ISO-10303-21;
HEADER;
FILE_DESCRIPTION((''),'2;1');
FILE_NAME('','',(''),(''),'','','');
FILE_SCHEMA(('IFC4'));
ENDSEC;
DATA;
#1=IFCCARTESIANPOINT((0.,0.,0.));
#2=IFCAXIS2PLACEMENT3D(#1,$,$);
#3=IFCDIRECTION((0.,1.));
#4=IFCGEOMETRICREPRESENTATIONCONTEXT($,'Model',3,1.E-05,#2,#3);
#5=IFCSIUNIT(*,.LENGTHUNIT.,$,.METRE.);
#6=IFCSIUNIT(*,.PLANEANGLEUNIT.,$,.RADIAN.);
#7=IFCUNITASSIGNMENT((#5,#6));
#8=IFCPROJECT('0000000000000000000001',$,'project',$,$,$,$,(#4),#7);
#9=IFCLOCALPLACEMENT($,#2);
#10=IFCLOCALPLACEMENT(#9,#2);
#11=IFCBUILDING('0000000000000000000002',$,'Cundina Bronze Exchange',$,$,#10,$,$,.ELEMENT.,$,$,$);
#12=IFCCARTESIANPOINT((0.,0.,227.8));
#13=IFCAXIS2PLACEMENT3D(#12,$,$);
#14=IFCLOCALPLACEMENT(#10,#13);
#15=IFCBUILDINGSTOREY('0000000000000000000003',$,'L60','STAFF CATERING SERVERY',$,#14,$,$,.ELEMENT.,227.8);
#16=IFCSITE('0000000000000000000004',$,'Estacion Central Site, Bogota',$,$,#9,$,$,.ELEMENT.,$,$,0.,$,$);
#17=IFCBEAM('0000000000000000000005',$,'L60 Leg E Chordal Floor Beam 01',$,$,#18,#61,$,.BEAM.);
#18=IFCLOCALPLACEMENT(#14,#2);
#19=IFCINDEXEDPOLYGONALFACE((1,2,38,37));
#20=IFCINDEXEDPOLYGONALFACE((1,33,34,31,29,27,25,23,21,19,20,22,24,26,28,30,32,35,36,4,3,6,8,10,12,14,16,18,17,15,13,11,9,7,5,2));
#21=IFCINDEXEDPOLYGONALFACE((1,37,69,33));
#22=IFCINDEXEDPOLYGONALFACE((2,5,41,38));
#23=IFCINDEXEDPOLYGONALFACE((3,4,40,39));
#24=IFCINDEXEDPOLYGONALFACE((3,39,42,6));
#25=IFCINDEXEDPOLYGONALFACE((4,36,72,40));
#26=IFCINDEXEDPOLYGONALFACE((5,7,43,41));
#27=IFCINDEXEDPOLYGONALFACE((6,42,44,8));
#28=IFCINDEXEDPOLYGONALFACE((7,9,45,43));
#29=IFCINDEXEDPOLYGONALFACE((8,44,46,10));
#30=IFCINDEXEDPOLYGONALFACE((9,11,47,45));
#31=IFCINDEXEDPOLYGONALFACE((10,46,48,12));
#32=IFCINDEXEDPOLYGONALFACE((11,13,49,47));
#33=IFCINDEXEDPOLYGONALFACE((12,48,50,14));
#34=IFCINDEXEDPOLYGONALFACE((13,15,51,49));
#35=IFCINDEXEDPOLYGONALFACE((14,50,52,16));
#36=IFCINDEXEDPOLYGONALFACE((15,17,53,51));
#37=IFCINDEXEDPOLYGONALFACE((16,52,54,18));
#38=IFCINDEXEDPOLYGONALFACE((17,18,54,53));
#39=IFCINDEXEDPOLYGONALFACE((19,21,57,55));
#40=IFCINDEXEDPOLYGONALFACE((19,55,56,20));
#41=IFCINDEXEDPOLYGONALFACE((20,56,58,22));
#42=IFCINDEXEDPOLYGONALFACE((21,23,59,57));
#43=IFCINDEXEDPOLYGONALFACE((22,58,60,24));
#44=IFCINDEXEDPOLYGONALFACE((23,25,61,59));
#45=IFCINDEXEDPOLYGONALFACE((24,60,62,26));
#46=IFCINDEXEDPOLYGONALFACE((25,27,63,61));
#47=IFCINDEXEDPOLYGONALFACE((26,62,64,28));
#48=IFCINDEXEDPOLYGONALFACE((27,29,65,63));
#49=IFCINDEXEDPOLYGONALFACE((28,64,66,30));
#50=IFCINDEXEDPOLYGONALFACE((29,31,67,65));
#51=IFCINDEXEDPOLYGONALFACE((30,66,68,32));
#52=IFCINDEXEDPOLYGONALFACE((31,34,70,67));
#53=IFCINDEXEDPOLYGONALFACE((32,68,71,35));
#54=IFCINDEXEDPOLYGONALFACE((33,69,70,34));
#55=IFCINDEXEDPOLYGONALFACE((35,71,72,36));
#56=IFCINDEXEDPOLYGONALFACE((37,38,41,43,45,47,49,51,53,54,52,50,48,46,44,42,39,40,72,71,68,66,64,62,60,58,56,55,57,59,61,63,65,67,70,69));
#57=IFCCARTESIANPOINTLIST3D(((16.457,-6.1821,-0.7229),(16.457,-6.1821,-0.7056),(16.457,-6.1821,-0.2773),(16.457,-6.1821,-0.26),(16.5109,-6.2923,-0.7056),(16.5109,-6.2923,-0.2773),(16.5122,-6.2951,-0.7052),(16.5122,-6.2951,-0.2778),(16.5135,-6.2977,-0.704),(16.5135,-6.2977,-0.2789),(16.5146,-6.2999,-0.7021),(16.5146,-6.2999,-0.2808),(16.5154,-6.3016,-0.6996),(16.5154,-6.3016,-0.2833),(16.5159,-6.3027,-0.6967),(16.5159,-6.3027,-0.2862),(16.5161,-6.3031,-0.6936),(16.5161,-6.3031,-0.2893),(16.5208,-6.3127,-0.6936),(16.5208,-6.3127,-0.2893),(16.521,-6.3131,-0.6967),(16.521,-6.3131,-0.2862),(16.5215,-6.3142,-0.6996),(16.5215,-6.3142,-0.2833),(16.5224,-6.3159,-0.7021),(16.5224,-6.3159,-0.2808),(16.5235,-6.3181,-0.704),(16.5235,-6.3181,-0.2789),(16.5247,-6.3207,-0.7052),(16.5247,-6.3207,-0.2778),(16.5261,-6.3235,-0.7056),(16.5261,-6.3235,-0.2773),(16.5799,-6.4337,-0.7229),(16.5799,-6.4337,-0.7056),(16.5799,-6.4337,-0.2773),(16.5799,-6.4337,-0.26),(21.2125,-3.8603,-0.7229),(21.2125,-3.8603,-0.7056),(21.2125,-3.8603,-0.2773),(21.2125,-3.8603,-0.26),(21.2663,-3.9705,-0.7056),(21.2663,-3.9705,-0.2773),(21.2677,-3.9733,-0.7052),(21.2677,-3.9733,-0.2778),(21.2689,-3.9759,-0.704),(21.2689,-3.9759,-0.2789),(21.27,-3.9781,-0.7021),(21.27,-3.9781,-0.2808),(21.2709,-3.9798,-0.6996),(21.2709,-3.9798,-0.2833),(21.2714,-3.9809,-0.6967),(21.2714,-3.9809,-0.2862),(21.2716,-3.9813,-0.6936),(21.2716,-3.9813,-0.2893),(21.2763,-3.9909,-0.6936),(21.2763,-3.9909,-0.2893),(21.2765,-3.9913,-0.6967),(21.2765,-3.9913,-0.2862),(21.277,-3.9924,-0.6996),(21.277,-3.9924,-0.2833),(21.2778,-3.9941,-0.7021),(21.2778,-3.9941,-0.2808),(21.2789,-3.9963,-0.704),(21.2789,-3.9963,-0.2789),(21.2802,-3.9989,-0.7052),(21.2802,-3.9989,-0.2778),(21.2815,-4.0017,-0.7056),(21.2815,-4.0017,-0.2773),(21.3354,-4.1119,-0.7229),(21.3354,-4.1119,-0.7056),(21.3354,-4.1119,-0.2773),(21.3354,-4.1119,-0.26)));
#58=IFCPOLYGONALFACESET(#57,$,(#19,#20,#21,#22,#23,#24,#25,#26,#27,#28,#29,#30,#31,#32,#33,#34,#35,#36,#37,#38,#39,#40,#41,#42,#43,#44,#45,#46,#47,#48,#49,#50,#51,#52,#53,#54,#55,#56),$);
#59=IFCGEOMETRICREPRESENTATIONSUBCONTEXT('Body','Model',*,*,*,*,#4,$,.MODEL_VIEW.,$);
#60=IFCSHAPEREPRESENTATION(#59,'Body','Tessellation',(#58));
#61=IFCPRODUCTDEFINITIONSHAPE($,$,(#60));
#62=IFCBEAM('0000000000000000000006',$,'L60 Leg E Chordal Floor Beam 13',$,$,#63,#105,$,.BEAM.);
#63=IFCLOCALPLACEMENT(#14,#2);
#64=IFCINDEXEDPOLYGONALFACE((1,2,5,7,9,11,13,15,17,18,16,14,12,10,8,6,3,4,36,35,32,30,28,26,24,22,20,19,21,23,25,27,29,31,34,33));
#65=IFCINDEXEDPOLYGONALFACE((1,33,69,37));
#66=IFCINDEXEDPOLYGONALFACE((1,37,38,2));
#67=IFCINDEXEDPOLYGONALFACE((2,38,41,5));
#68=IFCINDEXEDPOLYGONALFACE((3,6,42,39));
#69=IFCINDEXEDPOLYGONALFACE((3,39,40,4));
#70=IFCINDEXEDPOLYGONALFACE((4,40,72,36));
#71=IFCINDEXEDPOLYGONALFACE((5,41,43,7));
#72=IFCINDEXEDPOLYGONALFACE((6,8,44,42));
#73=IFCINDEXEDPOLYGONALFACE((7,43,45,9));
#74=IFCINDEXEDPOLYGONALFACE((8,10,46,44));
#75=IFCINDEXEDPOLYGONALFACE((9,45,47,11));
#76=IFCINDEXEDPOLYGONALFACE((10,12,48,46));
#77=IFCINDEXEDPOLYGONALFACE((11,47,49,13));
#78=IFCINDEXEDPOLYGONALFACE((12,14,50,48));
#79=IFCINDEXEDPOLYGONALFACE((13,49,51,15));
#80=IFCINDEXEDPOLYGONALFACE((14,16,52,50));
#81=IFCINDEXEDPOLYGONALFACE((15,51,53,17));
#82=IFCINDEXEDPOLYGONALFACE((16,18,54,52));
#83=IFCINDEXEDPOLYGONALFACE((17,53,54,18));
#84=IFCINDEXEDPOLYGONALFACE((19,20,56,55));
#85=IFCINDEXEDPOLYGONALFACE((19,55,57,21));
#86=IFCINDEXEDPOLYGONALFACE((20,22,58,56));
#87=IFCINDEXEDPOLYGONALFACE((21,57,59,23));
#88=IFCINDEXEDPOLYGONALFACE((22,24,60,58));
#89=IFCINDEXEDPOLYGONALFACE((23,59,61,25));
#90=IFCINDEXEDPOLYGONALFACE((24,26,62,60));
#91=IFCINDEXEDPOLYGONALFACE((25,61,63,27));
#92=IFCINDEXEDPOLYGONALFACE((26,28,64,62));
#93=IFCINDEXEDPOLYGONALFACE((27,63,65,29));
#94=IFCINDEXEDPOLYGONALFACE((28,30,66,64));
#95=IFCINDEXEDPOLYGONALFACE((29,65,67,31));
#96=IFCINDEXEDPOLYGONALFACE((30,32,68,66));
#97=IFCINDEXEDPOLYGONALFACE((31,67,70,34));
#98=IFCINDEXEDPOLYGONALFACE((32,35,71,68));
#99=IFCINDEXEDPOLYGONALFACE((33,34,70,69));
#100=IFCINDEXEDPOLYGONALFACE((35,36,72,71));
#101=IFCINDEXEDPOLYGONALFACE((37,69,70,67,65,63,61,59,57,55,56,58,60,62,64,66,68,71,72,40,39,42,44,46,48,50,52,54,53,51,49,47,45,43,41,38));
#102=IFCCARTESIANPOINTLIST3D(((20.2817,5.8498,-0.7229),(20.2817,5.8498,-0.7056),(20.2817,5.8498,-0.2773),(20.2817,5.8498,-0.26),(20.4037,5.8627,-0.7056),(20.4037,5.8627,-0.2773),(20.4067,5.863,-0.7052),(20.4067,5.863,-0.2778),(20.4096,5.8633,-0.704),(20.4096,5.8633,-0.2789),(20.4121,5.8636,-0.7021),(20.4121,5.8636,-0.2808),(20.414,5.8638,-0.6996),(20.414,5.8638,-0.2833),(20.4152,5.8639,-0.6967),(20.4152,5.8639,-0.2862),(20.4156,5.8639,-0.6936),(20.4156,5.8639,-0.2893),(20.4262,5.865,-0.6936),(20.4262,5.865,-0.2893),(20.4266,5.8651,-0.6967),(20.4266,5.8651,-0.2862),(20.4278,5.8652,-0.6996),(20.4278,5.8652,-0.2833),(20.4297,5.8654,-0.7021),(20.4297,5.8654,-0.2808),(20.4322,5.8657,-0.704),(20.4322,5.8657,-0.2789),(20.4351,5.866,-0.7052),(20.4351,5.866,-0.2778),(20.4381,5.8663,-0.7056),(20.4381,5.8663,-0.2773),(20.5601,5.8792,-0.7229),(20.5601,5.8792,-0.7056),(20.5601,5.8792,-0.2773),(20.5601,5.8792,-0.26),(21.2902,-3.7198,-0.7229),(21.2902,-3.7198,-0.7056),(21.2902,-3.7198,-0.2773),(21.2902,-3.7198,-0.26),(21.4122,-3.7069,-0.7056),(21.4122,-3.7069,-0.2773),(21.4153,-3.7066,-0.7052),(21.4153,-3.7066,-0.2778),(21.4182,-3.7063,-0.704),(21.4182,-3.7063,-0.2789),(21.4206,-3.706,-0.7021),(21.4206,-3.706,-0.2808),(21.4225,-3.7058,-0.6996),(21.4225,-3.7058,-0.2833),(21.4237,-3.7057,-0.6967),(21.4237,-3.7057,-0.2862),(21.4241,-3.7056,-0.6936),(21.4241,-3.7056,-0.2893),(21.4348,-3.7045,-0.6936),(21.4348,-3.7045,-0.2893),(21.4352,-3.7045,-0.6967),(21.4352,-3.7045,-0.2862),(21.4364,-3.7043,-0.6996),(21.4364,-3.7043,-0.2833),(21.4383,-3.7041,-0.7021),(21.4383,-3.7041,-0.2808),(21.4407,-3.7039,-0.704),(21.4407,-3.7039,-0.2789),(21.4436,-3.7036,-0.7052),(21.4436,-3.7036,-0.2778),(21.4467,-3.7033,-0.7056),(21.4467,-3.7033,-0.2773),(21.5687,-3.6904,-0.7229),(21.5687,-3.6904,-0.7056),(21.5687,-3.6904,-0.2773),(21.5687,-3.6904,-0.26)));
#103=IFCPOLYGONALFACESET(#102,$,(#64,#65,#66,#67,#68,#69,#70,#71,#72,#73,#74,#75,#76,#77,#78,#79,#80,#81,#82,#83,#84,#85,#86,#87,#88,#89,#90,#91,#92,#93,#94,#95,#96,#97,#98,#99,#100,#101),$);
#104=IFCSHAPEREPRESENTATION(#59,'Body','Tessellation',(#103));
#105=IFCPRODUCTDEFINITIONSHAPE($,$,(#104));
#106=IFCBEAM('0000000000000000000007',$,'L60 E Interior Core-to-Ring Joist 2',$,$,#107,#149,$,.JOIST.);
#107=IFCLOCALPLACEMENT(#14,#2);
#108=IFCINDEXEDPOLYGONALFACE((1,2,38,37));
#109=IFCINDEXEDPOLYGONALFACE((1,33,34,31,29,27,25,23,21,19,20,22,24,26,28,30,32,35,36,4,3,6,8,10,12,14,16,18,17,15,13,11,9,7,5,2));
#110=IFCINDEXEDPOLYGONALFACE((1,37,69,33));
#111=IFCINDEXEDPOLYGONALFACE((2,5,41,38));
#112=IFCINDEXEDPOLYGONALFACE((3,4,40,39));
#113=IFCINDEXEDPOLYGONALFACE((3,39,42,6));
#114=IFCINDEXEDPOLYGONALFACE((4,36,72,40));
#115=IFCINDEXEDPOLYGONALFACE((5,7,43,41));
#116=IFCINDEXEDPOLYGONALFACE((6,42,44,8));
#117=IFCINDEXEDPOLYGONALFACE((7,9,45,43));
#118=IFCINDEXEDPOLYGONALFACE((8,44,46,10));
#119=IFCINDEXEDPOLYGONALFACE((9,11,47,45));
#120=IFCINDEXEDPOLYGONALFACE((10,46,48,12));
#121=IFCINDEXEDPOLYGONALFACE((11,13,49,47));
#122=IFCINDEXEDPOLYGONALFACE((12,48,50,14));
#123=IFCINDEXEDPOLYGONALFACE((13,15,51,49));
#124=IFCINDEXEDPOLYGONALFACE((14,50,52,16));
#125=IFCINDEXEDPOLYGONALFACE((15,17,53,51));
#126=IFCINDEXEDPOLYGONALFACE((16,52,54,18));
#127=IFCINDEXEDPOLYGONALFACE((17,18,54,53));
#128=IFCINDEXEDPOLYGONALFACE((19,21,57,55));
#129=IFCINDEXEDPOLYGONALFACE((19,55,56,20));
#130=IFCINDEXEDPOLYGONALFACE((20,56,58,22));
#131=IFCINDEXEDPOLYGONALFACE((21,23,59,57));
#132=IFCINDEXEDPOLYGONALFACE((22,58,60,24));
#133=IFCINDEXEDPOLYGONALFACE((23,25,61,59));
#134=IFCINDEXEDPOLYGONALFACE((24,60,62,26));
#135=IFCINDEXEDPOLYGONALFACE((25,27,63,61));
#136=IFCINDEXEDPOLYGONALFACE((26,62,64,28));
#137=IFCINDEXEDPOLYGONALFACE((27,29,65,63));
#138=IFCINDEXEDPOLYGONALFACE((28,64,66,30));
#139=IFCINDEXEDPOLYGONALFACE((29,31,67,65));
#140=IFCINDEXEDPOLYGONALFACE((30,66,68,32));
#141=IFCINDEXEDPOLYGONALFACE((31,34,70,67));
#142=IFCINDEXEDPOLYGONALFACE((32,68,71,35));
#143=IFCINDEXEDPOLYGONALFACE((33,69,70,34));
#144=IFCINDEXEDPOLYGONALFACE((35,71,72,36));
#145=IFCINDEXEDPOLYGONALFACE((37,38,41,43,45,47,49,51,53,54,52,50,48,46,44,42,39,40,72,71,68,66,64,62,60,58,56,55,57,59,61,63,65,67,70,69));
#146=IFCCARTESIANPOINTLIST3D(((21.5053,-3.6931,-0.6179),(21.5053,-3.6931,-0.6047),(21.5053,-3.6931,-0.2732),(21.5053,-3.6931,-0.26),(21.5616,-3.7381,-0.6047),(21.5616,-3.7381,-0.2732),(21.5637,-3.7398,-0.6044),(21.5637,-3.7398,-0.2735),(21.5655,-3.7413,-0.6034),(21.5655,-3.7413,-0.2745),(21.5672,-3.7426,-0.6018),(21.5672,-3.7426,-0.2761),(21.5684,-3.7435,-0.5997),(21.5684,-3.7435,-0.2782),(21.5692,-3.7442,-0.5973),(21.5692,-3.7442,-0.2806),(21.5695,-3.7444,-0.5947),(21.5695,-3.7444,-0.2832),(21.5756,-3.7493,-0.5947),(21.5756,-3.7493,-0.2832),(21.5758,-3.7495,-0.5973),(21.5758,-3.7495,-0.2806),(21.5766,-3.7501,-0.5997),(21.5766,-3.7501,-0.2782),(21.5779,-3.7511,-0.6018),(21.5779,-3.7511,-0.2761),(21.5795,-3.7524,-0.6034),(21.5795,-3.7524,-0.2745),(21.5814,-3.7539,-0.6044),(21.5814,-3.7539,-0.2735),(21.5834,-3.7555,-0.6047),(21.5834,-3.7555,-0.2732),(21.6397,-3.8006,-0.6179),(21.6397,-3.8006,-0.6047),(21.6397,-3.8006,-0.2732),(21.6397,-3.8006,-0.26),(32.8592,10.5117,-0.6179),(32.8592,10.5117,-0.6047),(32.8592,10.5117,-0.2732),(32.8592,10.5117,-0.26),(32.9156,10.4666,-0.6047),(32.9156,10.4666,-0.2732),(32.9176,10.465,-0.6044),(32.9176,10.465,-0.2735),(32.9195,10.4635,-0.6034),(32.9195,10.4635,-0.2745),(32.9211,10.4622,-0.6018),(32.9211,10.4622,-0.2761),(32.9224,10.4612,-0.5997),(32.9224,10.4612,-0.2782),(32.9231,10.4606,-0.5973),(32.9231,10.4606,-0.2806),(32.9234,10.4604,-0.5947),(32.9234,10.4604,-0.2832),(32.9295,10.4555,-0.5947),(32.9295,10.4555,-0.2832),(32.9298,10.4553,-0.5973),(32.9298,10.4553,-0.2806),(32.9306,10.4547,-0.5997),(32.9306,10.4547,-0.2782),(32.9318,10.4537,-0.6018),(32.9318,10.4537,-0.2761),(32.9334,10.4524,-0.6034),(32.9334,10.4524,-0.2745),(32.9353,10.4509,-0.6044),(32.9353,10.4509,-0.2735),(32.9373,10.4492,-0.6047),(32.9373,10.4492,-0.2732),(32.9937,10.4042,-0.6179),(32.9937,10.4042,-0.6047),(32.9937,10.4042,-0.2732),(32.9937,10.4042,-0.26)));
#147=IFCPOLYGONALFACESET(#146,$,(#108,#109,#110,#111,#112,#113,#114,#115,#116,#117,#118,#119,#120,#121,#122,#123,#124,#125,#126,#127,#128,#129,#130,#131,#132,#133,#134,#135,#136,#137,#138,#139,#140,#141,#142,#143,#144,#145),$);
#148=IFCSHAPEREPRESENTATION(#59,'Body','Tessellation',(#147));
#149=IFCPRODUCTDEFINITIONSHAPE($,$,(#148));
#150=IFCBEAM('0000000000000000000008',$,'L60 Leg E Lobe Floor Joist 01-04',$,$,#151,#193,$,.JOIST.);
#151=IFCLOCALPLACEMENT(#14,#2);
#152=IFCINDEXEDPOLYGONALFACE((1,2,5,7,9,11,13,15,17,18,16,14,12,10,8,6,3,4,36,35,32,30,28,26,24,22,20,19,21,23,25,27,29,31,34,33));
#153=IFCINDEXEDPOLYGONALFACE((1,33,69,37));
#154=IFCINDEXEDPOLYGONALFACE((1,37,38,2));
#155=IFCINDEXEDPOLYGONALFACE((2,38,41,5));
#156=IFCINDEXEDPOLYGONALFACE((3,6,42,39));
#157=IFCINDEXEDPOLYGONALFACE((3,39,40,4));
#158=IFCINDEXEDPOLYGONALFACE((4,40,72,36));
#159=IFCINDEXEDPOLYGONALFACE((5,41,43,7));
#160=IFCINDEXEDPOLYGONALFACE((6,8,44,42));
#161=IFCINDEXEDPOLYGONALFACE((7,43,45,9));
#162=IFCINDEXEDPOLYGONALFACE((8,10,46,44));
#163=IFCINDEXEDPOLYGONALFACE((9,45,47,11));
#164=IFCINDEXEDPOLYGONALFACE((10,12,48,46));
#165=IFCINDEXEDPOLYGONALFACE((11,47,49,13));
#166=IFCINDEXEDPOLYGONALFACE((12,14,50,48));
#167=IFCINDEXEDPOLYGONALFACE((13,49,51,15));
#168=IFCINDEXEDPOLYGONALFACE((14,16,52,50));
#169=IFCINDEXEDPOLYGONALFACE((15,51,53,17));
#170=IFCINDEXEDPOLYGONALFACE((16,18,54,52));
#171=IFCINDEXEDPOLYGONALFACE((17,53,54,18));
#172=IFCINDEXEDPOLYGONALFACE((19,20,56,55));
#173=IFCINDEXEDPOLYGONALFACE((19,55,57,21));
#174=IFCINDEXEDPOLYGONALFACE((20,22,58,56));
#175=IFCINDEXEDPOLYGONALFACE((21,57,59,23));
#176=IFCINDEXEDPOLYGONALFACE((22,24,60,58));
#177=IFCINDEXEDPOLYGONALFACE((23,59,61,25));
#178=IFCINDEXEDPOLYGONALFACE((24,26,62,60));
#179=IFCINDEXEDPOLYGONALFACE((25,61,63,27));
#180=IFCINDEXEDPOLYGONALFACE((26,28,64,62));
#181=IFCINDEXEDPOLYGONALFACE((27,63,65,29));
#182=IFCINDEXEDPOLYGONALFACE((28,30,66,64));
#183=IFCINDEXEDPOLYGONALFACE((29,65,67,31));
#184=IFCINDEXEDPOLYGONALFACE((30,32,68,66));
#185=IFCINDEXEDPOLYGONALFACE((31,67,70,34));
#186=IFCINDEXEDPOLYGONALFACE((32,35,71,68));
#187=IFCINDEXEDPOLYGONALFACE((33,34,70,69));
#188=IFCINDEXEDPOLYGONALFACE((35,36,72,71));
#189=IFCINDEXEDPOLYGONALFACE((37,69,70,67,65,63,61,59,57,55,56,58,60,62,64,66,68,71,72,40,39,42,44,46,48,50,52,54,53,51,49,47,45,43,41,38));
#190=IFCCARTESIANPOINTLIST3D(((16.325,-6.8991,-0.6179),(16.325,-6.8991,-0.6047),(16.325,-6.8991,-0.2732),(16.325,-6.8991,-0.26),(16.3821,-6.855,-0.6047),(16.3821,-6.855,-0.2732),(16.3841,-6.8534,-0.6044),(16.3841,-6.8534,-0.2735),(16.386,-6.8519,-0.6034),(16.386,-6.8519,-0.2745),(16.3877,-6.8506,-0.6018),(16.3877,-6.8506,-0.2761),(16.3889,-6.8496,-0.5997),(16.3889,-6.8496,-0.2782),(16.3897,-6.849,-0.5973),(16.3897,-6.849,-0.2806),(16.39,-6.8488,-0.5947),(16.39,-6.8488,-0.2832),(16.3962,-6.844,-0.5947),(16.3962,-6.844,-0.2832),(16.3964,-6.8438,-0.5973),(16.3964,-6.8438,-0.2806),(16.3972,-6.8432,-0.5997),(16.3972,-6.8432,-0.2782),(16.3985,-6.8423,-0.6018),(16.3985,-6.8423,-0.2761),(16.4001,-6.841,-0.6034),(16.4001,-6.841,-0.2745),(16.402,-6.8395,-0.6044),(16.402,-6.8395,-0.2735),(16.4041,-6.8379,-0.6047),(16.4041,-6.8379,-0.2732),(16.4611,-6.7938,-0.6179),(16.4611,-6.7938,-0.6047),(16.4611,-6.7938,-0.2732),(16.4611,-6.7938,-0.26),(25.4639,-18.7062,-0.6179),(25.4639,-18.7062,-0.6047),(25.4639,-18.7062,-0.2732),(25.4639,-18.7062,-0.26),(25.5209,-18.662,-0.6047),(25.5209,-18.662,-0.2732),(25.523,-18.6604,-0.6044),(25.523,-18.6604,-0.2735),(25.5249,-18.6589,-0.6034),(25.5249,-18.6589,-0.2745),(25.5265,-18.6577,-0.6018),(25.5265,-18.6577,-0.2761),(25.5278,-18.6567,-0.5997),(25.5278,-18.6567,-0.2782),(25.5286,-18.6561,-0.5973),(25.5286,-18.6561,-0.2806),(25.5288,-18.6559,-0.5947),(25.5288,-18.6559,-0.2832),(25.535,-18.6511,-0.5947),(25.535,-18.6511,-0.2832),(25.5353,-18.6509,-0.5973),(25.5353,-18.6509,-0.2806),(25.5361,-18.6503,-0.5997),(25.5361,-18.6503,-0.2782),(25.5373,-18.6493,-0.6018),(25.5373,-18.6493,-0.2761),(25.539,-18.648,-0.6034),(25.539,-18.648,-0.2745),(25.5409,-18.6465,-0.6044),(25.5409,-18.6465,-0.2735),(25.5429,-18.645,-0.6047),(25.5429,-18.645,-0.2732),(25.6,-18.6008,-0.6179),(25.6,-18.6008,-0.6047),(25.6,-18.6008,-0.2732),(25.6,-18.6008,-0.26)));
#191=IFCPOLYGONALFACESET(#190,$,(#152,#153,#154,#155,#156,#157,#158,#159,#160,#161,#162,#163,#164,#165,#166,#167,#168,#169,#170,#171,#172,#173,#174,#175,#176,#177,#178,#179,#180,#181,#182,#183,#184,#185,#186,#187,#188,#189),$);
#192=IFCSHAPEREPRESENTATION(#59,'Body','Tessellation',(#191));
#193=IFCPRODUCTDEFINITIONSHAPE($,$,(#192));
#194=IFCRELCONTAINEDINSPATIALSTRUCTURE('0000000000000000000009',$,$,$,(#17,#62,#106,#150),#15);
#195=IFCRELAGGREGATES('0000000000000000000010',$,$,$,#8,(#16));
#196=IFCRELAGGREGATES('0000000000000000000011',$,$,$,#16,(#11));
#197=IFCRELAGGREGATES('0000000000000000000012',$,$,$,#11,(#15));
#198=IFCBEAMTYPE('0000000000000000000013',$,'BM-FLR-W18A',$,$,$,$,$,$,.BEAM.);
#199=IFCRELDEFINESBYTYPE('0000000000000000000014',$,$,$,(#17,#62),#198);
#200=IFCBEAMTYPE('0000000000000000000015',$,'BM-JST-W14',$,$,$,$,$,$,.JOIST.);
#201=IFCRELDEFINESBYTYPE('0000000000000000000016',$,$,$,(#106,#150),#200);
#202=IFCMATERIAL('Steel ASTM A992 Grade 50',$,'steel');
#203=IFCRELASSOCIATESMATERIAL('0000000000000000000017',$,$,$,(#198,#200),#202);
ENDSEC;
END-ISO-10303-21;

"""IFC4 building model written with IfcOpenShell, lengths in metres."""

from ifc_helpers import new_model, si_unit, direction, frame, origin, origin_2d, place, context, subcontext, project, spatial, i_section, extrude, material, material_profile, profile_set, type_object, element, save


model = new_model("IFC4")

# Units and contexts
model_context = context("Model", 3, precision=1e-05, world=origin(), true_north=direction((0.0, 1.0)))
body_context = subcontext(model_context, "Body", "Model", "MODEL_VIEW")
ifc_project = project(units=[si_unit("LENGTHUNIT", "METRE"), si_unit("PLANEANGLEUNIT", "RADIAN")], contexts=[model_context])

# Site, building, storey
site_placement = place(None, origin())
site = spatial("IfcSite", under=ifc_project, at=site_placement, Name="Estacion Central Site, Bogota", CompositionType="ELEMENT", RefElevation=0.0)
building_placement = place(site_placement, origin())
building = spatial("IfcBuilding", under=site, at=building_placement, Name="Cundina Bronze Exchange", CompositionType="ELEMENT")
storey_placement = place(building_placement, frame((0.0, 0.0, 227.8)))
storey = spatial("IfcBuildingStorey", under=building, at=storey_placement, Name="L60", Description="STAFF CATERING SERVERY", CompositionType="ELEMENT", Elevation=227.8)

# Shared definitions
ifc_material_1 = material(Name="Steel ASTM A992 Grade 50", Category="steel")

# Beams
ifc_material_profile_1 = material_profile(ifc_material_1, i_section(OverallWidth=0.28, OverallDepth=0.4629, WebThickness=0.0107, FlangeThickness=0.0173, FilletRadius=0.012, at=origin_2d()), Name="W18X76", Category="steel")
ifc_profile_set_1 = profile_set([ifc_material_profile_1], Name="Steel ASTM A992 Grade 50")
beam_type_1 = type_object("IfcBeamType", Name="BM-FLR-W18A", PredefinedType="BEAM", material=ifc_profile_set_1)
beam_1_placement = place(storey_placement, frame((21.2739, -3.9861, -0.4915), z_axis=(-0.898613, -0.438742, 0.0), x_axis=(0.438742, -0.898613, 0.0)))
element("IfcBeam", 1, at=beam_1_placement, inside=storey, type_object=beam_type_1, Name="L60 Leg E Chordal Floor Beam 01", PredefinedType="BEAM", context=body_context, shape_type="SweptSolid", body=[
    extrude(i_section(OverallWidth=0.28, OverallDepth=0.4629, WebThickness=0.0107, FlangeThickness=0.0173, FilletRadius=0.012, at=origin_2d()), origin(), (0.0, 0.0, 1.0), 5.292),
])
beam_2_placement = place(storey_placement, frame((21.4294, -3.7051, -0.4915), z_axis=(-0.10481, 0.994492, 0.0), x_axis=(-0.994492, -0.10481, 0.0)))
element("IfcBeam", 2, at=beam_2_placement, inside=storey, type_object=beam_type_1, Name="L60 Leg E Chordal Floor Beam 13", PredefinedType="BEAM", context=body_context, shape_type="SweptSolid", body=[
    extrude(i_section(OverallWidth=0.28, OverallDepth=0.4629, WebThickness=0.0107, FlangeThickness=0.0173, FilletRadius=0.012, at=origin_2d()), origin(), (0.0, 0.0, 1.0), 9.6226),
])
ifc_material_profile_2 = material_profile(ifc_material_1, i_section(OverallWidth=0.1721, OverallDepth=0.3579, WebThickness=0.0078, FlangeThickness=0.0132, FilletRadius=0.01, at=origin_2d()), Name="W14X38", Category="steel")
ifc_profile_set_2 = profile_set([ifc_material_profile_2], Name="Steel ASTM A992 Grade 50")
beam_type_2 = type_object("IfcBeamType", Name="BM-JST-W14", PredefinedType="JOIST", material=ifc_profile_set_2)
beam_3_placement = place(storey_placement, frame((21.5725, -3.7468, -0.439), z_axis=(0.624364, 0.781133, 0.0), x_axis=(-0.781133, 0.624364, 0.0)))
element("IfcBeam", 3, at=beam_3_placement, inside=storey, type_object=beam_type_2, Name="L60 E Interior Core-to-Ring Joist 2", PredefinedType="JOIST", context=body_context, shape_type="SweptSolid", body=[
    extrude(i_section(OverallWidth=0.1721, OverallDepth=0.3579, WebThickness=0.0078, FlangeThickness=0.0132, FilletRadius=0.01, at=origin_2d()), origin(), (0.0, 0.0, 1.0), 18.1848),
])
beam_4_placement = place(storey_placement, frame((16.3931, -6.8464, -0.439), z_axis=(0.612086, -0.790791, 0.0), x_axis=(0.790791, 0.612086, 0.0)))
element("IfcBeam", 4, at=beam_4_placement, inside=storey, type_object=beam_type_2, Name="L60 Leg E Lobe Floor Joist 01-04", PredefinedType="JOIST", context=body_context, shape_type="SweptSolid", body=[
    extrude(i_section(OverallWidth=0.1721, OverallDepth=0.3579, WebThickness=0.0078, FlangeThickness=0.0132, FilletRadius=0.01, at=origin_2d()), origin(), (0.0, 0.0, 1.0), 14.9307),
])

save(model, "model.ifc")
